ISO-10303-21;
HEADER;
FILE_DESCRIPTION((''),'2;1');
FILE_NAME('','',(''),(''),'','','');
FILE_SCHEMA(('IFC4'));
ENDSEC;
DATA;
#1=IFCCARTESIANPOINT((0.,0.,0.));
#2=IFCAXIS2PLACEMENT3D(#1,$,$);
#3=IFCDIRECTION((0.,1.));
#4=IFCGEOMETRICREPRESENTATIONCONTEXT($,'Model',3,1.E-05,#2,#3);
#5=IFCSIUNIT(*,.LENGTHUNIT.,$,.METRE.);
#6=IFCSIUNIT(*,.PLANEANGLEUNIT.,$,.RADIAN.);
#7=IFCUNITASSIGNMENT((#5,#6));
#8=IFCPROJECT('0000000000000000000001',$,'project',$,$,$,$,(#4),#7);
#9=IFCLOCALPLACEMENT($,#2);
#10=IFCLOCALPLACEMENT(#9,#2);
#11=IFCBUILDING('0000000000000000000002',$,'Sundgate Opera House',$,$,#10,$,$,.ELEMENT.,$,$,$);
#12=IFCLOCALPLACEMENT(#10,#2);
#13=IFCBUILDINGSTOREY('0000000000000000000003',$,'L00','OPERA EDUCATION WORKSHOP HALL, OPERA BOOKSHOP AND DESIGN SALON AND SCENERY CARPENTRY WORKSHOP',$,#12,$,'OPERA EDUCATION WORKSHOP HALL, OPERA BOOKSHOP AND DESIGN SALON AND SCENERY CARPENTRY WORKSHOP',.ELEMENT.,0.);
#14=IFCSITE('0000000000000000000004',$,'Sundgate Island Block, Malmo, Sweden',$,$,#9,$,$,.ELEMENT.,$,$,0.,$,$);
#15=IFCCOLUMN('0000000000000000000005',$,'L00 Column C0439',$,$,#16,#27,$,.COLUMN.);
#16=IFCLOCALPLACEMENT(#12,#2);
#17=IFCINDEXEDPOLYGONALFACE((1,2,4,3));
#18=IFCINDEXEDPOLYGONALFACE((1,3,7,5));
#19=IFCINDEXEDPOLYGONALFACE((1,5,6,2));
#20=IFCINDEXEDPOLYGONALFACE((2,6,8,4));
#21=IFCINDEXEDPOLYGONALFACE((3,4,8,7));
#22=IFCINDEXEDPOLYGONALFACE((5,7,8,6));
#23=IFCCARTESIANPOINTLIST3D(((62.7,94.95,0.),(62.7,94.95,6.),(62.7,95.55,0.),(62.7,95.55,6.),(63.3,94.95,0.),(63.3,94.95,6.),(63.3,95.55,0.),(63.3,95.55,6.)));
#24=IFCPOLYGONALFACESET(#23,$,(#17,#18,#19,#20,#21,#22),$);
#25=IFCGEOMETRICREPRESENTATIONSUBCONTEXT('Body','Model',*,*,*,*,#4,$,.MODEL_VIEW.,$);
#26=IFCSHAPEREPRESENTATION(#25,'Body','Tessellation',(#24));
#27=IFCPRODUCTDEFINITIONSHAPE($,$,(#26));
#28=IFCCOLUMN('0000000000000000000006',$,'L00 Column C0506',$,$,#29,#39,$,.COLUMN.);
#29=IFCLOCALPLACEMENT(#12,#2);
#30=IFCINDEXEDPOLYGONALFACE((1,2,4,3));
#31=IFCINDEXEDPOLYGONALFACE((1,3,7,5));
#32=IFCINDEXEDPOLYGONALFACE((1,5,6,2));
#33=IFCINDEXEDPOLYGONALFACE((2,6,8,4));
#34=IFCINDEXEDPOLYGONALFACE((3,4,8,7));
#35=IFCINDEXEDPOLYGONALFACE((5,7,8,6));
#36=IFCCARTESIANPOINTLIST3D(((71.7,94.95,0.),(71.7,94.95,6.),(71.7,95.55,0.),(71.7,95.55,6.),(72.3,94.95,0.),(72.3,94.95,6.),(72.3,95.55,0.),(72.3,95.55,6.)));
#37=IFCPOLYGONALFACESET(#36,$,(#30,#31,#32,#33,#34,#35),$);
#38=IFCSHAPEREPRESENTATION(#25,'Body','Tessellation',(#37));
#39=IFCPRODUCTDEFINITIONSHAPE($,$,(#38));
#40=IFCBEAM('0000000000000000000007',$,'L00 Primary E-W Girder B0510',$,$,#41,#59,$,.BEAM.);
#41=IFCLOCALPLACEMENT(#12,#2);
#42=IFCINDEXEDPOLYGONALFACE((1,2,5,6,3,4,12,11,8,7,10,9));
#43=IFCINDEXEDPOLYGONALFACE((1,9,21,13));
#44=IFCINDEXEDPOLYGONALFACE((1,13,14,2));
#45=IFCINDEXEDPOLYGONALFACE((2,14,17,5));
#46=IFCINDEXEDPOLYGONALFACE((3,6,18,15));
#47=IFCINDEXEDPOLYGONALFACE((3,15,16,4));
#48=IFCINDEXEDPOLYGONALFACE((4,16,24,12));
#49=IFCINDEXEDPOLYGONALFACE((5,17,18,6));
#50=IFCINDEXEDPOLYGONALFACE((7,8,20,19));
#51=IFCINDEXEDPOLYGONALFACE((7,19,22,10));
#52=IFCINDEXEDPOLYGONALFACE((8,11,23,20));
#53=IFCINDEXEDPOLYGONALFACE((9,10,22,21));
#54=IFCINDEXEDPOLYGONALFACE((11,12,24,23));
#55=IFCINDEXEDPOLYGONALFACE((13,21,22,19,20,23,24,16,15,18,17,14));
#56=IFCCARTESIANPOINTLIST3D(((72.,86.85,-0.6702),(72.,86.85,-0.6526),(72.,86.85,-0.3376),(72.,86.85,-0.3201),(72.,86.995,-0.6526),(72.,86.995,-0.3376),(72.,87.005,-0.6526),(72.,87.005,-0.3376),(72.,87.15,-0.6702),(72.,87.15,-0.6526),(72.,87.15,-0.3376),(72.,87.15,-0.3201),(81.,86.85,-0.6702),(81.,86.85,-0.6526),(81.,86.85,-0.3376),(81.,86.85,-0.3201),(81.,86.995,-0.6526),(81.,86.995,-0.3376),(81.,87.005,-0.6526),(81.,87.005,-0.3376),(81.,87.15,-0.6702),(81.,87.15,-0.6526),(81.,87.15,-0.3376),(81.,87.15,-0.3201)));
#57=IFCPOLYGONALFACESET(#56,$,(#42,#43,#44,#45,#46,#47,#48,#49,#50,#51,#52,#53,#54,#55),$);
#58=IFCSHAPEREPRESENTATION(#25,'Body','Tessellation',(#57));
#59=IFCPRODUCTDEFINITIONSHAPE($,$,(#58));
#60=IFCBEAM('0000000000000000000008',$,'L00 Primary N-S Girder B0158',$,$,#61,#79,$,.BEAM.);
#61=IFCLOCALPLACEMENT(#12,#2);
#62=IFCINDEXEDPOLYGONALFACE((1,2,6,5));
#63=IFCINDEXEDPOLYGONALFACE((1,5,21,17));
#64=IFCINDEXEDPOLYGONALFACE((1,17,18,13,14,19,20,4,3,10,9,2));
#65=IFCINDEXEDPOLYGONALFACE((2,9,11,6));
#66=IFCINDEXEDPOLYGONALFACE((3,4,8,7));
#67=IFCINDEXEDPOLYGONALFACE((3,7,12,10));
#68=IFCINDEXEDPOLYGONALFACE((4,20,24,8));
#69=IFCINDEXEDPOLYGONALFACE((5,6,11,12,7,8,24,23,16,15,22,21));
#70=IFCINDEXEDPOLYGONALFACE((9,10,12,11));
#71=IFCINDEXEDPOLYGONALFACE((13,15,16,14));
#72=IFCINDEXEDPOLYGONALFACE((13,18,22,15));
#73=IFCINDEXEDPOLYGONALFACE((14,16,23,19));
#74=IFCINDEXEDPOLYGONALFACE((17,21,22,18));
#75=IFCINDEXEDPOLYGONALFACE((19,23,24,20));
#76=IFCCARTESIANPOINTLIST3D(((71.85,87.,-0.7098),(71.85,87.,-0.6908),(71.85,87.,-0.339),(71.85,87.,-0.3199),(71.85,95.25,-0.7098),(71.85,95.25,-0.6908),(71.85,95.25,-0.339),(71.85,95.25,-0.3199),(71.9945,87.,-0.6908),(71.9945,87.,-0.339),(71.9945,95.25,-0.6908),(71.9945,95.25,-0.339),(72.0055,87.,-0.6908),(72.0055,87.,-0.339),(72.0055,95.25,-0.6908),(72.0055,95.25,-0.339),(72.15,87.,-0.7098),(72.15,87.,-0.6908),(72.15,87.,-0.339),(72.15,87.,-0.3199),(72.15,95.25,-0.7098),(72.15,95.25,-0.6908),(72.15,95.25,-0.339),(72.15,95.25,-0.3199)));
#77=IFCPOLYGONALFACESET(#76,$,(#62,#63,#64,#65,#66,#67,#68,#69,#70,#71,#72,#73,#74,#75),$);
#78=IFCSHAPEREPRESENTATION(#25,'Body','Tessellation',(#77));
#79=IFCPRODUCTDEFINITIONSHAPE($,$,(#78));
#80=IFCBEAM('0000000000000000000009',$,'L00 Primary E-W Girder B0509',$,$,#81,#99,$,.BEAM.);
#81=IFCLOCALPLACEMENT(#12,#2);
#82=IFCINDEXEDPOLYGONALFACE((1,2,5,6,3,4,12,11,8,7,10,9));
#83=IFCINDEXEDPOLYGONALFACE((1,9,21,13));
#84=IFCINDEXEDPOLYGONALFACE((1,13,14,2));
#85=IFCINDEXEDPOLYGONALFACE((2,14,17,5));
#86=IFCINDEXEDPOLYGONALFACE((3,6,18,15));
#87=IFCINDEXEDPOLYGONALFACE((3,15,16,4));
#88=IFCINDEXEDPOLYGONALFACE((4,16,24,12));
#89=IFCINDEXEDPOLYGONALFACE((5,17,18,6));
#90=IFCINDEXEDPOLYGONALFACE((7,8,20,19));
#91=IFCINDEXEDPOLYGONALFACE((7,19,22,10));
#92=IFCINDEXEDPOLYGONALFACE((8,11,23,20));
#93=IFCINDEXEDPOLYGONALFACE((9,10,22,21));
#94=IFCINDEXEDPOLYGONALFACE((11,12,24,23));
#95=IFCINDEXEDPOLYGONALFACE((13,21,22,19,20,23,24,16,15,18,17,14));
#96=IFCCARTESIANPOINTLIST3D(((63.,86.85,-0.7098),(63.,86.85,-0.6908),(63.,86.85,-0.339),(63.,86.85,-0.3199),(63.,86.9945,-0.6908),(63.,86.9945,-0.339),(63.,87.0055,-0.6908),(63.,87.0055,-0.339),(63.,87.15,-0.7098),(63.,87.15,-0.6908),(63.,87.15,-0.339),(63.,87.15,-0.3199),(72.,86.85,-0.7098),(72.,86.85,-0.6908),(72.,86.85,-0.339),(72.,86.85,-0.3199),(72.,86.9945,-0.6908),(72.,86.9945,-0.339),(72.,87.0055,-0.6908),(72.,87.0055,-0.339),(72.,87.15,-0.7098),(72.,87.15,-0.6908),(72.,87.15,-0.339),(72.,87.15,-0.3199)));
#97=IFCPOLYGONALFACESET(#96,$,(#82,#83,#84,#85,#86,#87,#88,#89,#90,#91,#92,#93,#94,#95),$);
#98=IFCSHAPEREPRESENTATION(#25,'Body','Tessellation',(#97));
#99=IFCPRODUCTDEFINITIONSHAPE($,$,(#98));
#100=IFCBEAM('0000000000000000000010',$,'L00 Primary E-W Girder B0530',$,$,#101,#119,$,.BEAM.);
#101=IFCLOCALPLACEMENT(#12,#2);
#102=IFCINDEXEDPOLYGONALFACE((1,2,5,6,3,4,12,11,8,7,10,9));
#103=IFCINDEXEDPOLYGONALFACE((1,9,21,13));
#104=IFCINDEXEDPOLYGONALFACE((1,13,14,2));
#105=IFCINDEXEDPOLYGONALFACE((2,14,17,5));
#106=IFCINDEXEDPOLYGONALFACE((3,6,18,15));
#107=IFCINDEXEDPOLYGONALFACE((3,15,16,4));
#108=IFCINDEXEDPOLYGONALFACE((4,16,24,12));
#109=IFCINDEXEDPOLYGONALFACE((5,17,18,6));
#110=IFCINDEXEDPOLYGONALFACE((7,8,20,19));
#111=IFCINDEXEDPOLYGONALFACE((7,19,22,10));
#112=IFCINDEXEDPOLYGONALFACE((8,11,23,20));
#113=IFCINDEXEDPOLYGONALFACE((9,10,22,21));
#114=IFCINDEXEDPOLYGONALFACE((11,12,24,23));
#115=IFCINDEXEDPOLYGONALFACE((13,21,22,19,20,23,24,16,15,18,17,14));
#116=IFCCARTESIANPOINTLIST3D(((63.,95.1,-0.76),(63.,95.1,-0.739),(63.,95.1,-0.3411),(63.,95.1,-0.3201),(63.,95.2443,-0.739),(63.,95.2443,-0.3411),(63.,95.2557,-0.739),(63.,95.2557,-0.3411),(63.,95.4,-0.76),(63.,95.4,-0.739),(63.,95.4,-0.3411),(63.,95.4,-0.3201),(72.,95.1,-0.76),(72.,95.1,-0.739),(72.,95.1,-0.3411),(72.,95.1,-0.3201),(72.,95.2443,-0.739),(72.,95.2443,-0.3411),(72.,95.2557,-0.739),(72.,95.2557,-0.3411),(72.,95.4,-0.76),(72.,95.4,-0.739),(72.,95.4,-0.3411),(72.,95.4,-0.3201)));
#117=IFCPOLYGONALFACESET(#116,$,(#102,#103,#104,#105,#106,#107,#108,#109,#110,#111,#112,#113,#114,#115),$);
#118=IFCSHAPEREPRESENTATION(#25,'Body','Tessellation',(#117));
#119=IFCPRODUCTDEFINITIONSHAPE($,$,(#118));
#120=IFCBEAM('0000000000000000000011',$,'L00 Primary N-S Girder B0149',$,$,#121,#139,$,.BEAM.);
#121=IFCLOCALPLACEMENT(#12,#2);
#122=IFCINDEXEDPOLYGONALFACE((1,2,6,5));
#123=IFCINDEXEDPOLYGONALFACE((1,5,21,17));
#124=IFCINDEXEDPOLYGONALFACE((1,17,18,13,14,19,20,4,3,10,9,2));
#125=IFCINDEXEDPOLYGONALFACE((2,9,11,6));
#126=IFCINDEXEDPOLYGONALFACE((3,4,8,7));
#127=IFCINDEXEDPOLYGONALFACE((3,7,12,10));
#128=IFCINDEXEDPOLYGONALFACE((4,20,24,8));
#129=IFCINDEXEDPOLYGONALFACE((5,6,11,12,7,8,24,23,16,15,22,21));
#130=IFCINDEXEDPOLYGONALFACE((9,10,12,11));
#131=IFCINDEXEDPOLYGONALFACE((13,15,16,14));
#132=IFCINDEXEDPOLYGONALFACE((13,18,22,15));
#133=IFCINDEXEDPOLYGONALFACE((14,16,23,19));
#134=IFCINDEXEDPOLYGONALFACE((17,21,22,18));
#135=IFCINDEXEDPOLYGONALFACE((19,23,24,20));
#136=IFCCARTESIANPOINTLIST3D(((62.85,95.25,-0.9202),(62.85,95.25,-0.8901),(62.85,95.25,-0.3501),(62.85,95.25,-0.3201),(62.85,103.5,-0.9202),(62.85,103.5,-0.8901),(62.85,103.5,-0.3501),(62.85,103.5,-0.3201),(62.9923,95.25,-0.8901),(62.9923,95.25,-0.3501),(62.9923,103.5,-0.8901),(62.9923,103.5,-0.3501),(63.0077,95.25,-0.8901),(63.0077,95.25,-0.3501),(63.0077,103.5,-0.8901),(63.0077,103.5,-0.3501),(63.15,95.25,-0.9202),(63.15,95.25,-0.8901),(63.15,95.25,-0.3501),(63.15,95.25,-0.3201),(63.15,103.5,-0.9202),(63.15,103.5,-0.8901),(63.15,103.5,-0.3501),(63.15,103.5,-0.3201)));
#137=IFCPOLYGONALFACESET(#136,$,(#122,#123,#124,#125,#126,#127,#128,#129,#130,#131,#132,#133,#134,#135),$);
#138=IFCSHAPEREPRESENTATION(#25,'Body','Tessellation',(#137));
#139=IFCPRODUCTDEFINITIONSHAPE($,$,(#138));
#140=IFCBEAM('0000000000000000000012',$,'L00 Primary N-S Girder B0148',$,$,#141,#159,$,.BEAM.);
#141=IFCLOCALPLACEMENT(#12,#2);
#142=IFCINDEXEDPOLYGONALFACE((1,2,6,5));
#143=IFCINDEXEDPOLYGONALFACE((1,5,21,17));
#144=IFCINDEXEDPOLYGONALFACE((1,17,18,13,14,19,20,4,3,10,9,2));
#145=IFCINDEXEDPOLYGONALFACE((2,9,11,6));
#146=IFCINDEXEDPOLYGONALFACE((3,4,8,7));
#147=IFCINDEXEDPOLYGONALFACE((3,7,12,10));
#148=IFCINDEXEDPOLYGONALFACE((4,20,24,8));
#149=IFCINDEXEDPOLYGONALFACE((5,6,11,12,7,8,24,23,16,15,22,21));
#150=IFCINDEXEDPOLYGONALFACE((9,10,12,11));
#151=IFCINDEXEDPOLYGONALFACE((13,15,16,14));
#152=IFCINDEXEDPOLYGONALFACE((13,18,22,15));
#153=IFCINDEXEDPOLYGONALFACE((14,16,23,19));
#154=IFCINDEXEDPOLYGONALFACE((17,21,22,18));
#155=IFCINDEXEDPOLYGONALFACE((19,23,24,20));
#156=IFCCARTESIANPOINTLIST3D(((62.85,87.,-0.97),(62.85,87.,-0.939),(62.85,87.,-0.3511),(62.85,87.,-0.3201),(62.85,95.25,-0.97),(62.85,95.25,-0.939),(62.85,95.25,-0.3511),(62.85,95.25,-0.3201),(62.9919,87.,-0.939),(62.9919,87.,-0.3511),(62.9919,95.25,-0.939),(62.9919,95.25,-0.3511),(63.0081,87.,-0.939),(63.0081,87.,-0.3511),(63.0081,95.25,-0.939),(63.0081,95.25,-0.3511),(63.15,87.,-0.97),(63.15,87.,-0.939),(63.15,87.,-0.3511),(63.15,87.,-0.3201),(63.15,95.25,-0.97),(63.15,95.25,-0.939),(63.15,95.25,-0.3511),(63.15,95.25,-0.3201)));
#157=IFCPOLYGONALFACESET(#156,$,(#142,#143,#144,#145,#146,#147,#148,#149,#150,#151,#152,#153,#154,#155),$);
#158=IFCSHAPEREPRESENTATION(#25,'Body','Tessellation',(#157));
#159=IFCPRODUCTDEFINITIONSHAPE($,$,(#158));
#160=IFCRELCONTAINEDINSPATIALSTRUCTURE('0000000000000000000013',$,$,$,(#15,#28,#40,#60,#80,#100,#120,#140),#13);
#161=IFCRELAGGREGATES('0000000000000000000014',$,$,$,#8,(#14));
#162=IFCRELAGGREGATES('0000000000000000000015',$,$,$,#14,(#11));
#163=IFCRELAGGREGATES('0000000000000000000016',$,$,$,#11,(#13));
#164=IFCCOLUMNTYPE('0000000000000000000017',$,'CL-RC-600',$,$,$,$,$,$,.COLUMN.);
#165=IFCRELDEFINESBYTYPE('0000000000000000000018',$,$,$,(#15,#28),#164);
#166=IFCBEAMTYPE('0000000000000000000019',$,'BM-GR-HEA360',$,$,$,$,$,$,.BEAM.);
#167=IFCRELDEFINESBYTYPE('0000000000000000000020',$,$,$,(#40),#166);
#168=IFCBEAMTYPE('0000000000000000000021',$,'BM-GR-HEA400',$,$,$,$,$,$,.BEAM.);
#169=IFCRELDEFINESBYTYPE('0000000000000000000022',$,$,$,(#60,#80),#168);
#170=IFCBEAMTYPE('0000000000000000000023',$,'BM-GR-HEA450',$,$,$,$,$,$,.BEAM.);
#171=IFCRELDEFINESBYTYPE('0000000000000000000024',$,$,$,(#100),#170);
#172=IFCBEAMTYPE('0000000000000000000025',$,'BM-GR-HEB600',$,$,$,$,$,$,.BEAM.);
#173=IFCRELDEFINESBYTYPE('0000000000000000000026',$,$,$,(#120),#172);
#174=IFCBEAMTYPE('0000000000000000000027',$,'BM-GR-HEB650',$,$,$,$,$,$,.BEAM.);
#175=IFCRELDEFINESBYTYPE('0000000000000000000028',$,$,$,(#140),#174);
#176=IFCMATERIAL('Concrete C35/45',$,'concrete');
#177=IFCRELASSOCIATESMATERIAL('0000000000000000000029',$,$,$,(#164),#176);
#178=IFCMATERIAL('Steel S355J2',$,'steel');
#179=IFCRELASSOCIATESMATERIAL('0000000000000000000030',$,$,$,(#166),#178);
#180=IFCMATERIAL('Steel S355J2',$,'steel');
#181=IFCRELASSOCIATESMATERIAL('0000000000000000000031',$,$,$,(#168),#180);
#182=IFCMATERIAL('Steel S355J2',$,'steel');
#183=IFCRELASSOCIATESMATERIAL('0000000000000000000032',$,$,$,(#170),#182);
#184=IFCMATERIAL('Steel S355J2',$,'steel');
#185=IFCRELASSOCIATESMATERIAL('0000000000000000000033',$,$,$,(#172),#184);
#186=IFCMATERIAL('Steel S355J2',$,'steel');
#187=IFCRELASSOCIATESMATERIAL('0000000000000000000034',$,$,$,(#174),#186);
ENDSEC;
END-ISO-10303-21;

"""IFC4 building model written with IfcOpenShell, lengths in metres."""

from ifc_helpers import new_model, si_unit, direction, frame, origin, origin_2d, place, context, subcontext, project, spatial, rectangle, i_section, extrude, material, material_profile, profile_set, type_object, element, save


model = new_model("IFC4")

# Units and contexts
model_context = context("Model", 3, precision=1e-05, world=origin(), true_north=direction((0.0, 1.0)))
body_context = subcontext(model_context, "Body", "Model", "MODEL_VIEW")
ifc_project = project(units=[si_unit("LENGTHUNIT", "METRE"), si_unit("PLANEANGLEUNIT", "RADIAN")], contexts=[model_context])

# Site, building, storey
site_placement = place(None, origin())
site = spatial("IfcSite", under=ifc_project, at=site_placement, Name="Sundgate Island Block, Malmo, Sweden", CompositionType="ELEMENT", RefElevation=0.0)
building_placement = place(site_placement, origin())
building = spatial("IfcBuilding", under=site, at=building_placement, Name="Sundgate Opera House", CompositionType="ELEMENT")
storey_placement = place(building_placement, origin())
storey = spatial("IfcBuildingStorey", under=building, at=storey_placement, Name="L00", Description="OPERA EDUCATION WORKSHOP HALL, OPERA BOOKSHOP AND DESIGN SALON AND SCENERY CARPENTRY WORKSHOP", LongName="OPERA EDUCATION WORKSHOP HALL, OPERA BOOKSHOP AND DESIGN SALON AND SCENERY CARPENTRY WORKSHOP", CompositionType="ELEMENT", Elevation=0.0)

# Columns
ifc_material_1 = material(Name="Concrete C35/45", Category="concrete")
ifc_material_profile_1 = material_profile(ifc_material_1, rectangle(XDim=0.6001, YDim=0.6001, at=origin_2d()), Name="RC 600x600")
ifc_profile_set_1 = profile_set([ifc_material_profile_1], Name="Concrete C35/45")
column_type = type_object("IfcColumnType", Name="CL-RC-600", PredefinedType="COLUMN", material=ifc_profile_set_1)
for number, where, z_axis, x_axis, name in (
    (1, (63.0, 95.25, 0.0), (0.0, 0.0, 1.0), (1.0, 0.0, 0.0), "L00 Column C0439"),
    (2, (72.0, 95.25, 0.0), (0.0, 0.0, 1.0), (1.0, 0.0, 0.0), "L00 Column C0506"),
):
    element("IfcColumn", number, at=place(storey_placement, frame(where, z_axis=z_axis, x_axis=x_axis)), inside=storey, type_object=column_type, Name=name, PredefinedType="COLUMN", context=body_context, shape_type="SweptSolid", body=[
        extrude(rectangle(XDim=0.6001, YDim=0.6001, at=origin_2d()), origin(), (0.0, 0.0, 1.0), 6.0),
    ])

# Beams
ifc_material_2 = material(Name="Steel S355J2", Category="steel")
ifc_material_profile_2 = material_profile(ifc_material_2, i_section(OverallWidth=0.3, OverallDepth=0.3501, WebThickness=0.01, FlangeThickness=0.0176, at=origin_2d()), Name="HEA 360")
ifc_profile_set_2 = profile_set([ifc_material_profile_2], Name="Steel S355J2")
beam_type_1 = type_object("IfcBeamType", Name="BM-GR-HEA360", PredefinedType="BEAM", material=ifc_profile_set_2)
beam_1_placement = place(storey_placement, frame((72.0, 87.0, -0.4951), z_axis=(1.0, 0.0, 0.0), x_axis=(0.0, 1.0, 0.0)))
element("IfcBeam", 3, at=beam_1_placement, inside=storey, type_object=beam_type_1, Name="L00 Primary E-W Girder B0510", PredefinedType="BEAM", context=body_context, shape_type="SweptSolid", body=[
    extrude(i_section(OverallWidth=0.3, OverallDepth=0.3501, WebThickness=0.01, FlangeThickness=0.0176, at=origin_2d()), origin(), (0.0, 0.0, 1.0), 9.0),
])
ifc_material_3 = material(Name="Steel S355J2", Category="steel")
ifc_material_profile_3 = material_profile(ifc_material_3, i_section(OverallWidth=0.3, OverallDepth=0.3899, WebThickness=0.011, FlangeThickness=0.019, at=origin_2d()), Name="HEA 400")
ifc_profile_set_3 = profile_set([ifc_material_profile_3], Name="Steel S355J2")
beam_type_2 = type_object("IfcBeamType", Name="BM-GR-HEA400", PredefinedType="BEAM", material=ifc_profile_set_3)
beam_2_placement = place(storey_placement, frame((72.0, 87.0, -0.5149), z_axis=(0.0, 1.0, 0.0), x_axis=(-1.0, 0.0, 0.0)))
element("IfcBeam", 4, at=beam_2_placement, inside=storey, type_object=beam_type_2, Name="L00 Primary N-S Girder B0158", PredefinedType="BEAM", context=body_context, shape_type="SweptSolid", body=[
    extrude(i_section(OverallWidth=0.3, OverallDepth=0.3899, WebThickness=0.011, FlangeThickness=0.019, at=origin_2d()), origin(), (0.0, 0.0, 1.0), 8.25),
])
beam_3_placement = place(storey_placement, frame((63.0, 87.0, -0.5149), z_axis=(1.0, 0.0, 0.0), x_axis=(0.0, 1.0, 0.0)))
element("IfcBeam", 5, at=beam_3_placement, inside=storey, type_object=beam_type_2, Name="L00 Primary E-W Girder B0509", PredefinedType="BEAM", context=body_context, shape_type="SweptSolid", body=[
    extrude(i_section(OverallWidth=0.3, OverallDepth=0.3899, WebThickness=0.011, FlangeThickness=0.019, at=origin_2d()), origin(), (0.0, 0.0, 1.0), 9.0),
])
ifc_material_4 = material(Name="Steel S355J2", Category="steel")
ifc_material_profile_4 = material_profile(ifc_material_4, i_section(OverallWidth=0.3, OverallDepth=0.4399, WebThickness=0.0115, FlangeThickness=0.021, at=origin_2d()), Name="HEA 450")
ifc_profile_set_4 = profile_set([ifc_material_profile_4], Name="Steel S355J2")
beam_type_3 = type_object("IfcBeamType", Name="BM-GR-HEA450", PredefinedType="BEAM", material=ifc_profile_set_4)
beam_4_placement = place(storey_placement, frame((63.0, 95.25, -0.54), z_axis=(1.0, 0.0, 0.0), x_axis=(0.0, 1.0, 0.0)))
element("IfcBeam", 6, at=beam_4_placement, inside=storey, type_object=beam_type_3, Name="L00 Primary E-W Girder B0530", PredefinedType="BEAM", context=body_context, shape_type="SweptSolid", body=[
    extrude(i_section(OverallWidth=0.3, OverallDepth=0.4399, WebThickness=0.0115, FlangeThickness=0.021, at=origin_2d()), origin(), (0.0, 0.0, 1.0), 9.0),
])
ifc_material_5 = material(Name="Steel S355J2", Category="steel")
ifc_material_profile_5 = material_profile(ifc_material_5, i_section(OverallWidth=0.3, OverallDepth=0.6001, WebThickness=0.0154, FlangeThickness=0.03, at=origin_2d()), Name="HEB 600")
ifc_profile_set_5 = profile_set([ifc_material_profile_5], Name="Steel S355J2")
beam_type_4 = type_object("IfcBeamType", Name="BM-GR-HEB600", PredefinedType="BEAM", material=ifc_profile_set_5)
beam_5_placement = place(storey_placement, frame((63.0, 95.25, -0.6201), z_axis=(0.0, 1.0, 0.0), x_axis=(-1.0, 0.0, 0.0)))
element("IfcBeam", 7, at=beam_5_placement, inside=storey, type_object=beam_type_4, Name="L00 Primary N-S Girder B0149", PredefinedType="BEAM", context=body_context, shape_type="SweptSolid", body=[
    extrude(i_section(OverallWidth=0.3, OverallDepth=0.6001, WebThickness=0.0154, FlangeThickness=0.03, at=origin_2d()), origin(), (0.0, 0.0, 1.0), 8.25),
])
ifc_material_6 = material(Name="Steel S355J2", Category="steel")
ifc_material_profile_6 = material_profile(ifc_material_6, i_section(OverallWidth=0.3, OverallDepth=0.6499, WebThickness=0.0161, FlangeThickness=0.031, at=origin_2d()), Name="HEB 650")
ifc_profile_set_6 = profile_set([ifc_material_profile_6], Name="Steel S355J2")
beam_type_5 = type_object("IfcBeamType", Name="BM-GR-HEB650", PredefinedType="BEAM", material=ifc_profile_set_6)
beam_6_placement = place(storey_placement, frame((63.0, 87.0, -0.645), z_axis=(0.0, 1.0, 0.0), x_axis=(-1.0, 0.0, 0.0)))
element("IfcBeam", 8, at=beam_6_placement, inside=storey, type_object=beam_type_5, Name="L00 Primary N-S Girder B0148", PredefinedType="BEAM", context=body_context, shape_type="SweptSolid", body=[
    extrude(i_section(OverallWidth=0.3, OverallDepth=0.6499, WebThickness=0.0161, FlangeThickness=0.031, at=origin_2d()), origin(), (0.0, 0.0, 1.0), 8.25),
])

save(model, "model.ifc")
